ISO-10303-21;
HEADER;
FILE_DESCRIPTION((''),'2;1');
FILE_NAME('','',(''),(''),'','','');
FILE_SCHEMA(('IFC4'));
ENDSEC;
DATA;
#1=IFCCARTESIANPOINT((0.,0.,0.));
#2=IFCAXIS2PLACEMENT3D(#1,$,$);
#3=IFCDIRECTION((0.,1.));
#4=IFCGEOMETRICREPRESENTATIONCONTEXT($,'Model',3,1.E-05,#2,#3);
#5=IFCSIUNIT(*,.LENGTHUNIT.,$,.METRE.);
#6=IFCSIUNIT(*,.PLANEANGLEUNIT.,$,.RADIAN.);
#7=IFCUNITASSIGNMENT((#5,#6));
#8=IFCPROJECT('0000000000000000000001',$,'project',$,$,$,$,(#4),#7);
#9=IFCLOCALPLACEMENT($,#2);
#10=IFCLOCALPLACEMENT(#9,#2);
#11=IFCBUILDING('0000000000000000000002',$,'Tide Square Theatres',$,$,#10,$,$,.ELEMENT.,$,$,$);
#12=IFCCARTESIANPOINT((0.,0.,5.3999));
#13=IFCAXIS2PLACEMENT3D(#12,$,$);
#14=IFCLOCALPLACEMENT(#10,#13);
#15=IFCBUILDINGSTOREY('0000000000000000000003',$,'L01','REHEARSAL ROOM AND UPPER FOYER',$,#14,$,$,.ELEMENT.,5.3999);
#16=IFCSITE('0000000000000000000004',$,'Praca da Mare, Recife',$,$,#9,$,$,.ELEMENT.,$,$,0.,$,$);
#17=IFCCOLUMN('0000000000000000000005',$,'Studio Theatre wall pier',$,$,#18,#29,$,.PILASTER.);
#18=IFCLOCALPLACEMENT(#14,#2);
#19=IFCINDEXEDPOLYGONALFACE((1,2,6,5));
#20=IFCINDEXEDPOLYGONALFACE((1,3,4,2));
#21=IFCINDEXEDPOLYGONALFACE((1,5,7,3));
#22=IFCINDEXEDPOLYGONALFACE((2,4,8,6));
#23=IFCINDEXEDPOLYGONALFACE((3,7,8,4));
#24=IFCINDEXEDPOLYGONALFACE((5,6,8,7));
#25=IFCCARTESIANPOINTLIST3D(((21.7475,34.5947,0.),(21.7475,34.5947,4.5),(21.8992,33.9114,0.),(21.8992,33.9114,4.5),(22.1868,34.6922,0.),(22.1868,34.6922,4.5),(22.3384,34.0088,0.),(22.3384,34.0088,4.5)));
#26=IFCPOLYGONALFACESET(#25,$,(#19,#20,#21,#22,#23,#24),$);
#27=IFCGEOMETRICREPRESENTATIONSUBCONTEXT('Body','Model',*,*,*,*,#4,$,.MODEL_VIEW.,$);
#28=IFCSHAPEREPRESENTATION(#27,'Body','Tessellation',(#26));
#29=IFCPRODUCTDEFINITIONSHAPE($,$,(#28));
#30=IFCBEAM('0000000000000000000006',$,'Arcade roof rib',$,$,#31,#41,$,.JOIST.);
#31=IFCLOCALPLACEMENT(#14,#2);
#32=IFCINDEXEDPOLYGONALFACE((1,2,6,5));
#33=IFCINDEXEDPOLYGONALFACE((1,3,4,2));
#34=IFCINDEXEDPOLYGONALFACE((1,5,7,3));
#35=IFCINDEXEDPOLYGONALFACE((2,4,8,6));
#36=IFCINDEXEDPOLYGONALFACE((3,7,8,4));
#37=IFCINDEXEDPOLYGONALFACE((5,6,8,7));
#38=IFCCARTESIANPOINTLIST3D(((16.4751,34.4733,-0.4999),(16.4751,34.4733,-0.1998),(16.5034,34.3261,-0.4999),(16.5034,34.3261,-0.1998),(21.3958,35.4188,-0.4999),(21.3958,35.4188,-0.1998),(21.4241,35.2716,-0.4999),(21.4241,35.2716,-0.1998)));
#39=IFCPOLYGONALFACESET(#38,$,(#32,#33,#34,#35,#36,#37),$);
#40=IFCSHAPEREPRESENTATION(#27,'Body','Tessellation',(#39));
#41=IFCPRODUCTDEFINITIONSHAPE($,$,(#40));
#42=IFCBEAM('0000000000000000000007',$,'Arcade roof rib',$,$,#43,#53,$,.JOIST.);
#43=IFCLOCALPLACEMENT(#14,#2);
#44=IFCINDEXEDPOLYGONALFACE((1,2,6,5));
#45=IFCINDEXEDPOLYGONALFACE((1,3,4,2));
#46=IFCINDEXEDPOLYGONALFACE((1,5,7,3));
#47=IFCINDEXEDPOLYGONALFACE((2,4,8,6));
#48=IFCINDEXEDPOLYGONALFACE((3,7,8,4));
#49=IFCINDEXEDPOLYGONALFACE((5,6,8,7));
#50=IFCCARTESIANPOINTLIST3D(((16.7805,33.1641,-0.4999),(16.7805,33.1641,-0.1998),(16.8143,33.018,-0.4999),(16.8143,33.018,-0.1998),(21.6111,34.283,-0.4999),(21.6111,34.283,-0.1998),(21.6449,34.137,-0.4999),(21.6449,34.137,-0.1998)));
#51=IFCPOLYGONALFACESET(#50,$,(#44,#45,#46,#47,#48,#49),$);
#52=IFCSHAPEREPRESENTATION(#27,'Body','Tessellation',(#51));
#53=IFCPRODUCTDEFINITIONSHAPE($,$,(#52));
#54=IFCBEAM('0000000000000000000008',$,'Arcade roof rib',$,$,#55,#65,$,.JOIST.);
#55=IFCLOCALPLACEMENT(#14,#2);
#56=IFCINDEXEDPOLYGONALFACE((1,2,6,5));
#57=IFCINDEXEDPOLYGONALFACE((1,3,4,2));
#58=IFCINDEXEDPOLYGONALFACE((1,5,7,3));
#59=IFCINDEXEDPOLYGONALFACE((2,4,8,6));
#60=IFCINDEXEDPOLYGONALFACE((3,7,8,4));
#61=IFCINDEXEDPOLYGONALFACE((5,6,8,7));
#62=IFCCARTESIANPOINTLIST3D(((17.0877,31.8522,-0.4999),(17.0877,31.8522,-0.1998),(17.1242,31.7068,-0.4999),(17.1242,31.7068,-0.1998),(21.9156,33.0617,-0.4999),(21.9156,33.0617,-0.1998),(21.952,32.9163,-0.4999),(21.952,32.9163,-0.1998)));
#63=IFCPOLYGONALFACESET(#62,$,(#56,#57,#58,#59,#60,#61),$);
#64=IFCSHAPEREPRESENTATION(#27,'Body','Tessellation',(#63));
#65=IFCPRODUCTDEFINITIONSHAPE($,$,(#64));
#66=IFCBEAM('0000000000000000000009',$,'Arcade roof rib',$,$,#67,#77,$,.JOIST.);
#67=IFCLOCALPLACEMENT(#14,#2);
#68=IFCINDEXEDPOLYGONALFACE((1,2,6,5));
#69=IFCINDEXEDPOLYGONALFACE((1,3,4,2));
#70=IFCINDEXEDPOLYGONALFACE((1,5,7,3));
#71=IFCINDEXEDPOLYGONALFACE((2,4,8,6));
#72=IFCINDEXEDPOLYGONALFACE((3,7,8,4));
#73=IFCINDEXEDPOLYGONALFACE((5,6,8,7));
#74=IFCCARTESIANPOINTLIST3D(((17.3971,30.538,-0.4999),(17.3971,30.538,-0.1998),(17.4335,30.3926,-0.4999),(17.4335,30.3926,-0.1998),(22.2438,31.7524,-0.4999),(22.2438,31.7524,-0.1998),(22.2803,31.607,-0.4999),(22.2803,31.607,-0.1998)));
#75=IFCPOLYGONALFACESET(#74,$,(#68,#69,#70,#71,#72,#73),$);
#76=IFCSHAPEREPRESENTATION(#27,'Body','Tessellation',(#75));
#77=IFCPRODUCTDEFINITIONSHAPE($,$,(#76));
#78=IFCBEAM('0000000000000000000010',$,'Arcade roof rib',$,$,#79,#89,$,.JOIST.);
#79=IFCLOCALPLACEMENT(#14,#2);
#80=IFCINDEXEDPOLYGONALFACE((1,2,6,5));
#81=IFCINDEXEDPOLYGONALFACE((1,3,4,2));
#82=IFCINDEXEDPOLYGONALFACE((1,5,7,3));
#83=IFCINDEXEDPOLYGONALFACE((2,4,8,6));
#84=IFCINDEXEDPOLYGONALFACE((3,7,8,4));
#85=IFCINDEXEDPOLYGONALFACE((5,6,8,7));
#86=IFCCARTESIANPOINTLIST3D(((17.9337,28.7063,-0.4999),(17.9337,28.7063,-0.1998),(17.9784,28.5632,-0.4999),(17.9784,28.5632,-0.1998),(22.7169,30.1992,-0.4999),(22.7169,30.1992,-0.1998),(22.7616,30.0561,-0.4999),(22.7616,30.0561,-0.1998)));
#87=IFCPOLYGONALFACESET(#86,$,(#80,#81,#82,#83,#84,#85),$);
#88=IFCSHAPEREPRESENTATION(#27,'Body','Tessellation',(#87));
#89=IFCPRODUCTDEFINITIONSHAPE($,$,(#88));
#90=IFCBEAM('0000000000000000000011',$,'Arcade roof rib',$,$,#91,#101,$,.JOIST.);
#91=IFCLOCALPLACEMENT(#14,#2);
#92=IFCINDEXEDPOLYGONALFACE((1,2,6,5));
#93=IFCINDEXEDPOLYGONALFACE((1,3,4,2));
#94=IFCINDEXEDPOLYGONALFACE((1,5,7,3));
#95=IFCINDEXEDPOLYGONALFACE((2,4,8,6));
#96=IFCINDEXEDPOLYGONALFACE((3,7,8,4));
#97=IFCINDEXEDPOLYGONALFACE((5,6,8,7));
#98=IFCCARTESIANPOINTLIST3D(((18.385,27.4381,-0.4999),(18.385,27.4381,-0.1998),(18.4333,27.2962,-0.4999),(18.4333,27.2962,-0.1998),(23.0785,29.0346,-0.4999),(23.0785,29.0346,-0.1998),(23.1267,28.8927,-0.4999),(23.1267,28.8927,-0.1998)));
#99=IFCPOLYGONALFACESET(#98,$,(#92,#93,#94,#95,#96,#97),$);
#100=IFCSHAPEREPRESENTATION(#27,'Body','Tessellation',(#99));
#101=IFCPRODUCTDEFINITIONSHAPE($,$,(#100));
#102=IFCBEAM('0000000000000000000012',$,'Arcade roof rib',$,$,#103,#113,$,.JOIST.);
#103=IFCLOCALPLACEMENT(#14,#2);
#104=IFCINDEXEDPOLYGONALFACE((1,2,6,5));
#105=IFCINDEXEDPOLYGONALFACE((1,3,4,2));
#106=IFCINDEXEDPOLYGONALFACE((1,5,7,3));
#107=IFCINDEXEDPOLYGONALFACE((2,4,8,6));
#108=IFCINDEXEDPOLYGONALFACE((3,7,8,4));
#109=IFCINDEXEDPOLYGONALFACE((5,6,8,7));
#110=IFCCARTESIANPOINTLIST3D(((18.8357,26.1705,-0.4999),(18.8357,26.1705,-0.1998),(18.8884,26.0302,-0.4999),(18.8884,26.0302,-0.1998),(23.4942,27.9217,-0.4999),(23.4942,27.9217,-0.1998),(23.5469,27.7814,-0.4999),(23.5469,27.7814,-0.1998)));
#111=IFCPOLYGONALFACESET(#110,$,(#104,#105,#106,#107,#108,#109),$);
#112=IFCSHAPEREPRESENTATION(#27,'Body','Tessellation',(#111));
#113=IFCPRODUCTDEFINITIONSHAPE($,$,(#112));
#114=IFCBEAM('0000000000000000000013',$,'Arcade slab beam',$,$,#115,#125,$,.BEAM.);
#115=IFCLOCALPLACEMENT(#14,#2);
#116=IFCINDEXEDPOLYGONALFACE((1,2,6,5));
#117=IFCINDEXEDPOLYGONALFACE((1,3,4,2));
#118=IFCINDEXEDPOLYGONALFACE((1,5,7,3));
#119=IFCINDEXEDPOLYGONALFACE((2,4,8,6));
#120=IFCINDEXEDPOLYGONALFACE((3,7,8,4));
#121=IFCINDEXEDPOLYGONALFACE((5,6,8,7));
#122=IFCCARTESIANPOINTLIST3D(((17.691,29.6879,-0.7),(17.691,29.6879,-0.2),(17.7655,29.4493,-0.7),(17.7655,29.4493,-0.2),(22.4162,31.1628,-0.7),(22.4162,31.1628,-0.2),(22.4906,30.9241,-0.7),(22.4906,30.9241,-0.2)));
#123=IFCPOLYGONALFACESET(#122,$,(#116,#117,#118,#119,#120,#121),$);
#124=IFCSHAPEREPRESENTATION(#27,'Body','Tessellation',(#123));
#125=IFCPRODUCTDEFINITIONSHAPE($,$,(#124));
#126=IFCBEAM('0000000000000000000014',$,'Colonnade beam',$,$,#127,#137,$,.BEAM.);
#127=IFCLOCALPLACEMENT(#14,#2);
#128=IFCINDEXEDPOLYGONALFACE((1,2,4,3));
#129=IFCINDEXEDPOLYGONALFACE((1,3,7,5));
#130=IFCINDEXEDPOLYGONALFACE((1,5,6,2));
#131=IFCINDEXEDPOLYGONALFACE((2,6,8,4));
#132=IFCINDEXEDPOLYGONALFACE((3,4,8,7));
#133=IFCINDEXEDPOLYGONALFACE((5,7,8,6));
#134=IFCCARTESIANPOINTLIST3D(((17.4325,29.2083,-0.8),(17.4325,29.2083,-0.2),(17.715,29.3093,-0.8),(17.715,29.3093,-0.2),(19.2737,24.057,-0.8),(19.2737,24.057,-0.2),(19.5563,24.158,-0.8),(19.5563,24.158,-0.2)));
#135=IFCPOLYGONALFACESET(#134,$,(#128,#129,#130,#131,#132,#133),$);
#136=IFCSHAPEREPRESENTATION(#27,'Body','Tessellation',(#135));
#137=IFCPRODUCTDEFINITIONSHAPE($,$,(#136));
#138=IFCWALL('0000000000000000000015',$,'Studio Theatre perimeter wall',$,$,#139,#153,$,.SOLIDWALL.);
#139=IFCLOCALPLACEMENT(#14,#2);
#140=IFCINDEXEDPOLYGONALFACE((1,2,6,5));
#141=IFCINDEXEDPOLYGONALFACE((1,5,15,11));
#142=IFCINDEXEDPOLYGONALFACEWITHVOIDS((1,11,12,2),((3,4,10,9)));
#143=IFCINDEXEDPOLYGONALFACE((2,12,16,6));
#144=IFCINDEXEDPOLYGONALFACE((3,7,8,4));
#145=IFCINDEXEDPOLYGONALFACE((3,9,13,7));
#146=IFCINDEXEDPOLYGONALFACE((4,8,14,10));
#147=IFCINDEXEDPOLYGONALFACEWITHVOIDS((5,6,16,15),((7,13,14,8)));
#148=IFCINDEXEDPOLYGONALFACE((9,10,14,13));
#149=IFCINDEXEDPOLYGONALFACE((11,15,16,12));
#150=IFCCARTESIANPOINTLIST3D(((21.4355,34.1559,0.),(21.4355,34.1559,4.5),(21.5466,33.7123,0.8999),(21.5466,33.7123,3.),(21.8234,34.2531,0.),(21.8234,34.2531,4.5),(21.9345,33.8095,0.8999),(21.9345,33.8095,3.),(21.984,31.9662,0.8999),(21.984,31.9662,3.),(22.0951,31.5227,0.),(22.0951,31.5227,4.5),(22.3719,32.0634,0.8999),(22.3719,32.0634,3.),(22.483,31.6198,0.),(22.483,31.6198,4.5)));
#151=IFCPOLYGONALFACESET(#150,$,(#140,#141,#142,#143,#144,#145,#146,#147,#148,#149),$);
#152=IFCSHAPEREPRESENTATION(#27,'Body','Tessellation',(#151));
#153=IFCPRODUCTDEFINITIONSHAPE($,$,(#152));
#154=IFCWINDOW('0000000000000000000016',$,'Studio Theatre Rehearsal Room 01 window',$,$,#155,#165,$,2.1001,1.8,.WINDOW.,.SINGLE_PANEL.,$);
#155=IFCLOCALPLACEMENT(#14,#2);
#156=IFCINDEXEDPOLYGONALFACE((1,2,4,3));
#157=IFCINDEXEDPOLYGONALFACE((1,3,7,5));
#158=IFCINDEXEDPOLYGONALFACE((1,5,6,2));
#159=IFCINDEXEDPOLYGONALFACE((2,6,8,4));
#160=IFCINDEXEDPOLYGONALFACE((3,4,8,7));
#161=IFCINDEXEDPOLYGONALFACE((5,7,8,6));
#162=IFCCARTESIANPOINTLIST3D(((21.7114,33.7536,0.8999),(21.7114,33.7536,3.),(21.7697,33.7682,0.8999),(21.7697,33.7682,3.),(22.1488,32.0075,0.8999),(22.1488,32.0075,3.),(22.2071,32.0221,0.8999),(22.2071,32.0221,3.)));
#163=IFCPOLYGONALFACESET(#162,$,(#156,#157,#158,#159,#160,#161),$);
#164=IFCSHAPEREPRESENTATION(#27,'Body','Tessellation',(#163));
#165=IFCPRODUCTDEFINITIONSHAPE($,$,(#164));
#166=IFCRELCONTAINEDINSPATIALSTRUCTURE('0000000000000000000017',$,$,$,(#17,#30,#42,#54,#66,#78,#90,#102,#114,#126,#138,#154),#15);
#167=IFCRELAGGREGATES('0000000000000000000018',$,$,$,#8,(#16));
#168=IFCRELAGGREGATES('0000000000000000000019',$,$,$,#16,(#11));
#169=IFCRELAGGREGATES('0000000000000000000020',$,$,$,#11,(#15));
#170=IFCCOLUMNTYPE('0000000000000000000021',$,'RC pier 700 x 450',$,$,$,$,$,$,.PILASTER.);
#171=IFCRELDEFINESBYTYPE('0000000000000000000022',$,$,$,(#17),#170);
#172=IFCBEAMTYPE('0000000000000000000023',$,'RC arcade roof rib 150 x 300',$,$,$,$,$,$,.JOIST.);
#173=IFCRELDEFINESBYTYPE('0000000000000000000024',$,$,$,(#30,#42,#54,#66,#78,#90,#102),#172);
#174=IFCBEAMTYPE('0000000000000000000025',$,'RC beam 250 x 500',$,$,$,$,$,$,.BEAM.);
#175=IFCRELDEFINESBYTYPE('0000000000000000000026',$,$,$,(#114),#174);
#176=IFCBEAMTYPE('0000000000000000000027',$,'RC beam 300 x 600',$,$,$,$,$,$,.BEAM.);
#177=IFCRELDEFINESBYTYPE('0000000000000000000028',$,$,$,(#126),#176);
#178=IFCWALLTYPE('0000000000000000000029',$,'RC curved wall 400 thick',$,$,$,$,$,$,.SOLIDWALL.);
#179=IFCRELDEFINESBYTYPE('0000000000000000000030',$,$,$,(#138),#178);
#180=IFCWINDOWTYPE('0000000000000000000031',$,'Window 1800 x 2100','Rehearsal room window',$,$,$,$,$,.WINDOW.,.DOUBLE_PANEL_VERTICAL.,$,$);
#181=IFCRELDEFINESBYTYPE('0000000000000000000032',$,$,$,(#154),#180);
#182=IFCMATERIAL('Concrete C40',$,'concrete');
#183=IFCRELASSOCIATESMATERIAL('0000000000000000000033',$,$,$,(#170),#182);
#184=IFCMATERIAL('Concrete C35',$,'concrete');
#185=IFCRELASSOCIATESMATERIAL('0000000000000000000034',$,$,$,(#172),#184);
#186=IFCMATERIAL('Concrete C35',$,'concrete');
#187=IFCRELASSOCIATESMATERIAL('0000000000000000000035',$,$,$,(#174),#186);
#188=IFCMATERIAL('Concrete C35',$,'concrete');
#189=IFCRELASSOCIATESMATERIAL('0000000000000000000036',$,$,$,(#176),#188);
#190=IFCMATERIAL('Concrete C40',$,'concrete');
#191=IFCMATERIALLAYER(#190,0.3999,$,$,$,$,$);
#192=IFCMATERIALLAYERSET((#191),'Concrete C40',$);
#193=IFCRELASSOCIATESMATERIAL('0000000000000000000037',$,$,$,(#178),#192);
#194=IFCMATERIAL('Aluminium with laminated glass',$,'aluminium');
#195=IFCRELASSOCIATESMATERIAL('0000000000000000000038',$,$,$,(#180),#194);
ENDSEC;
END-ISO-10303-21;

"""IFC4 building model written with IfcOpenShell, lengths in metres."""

from ifc_helpers import new_model, si_unit, direction, frame, frame_2d, origin, origin_2d, place, context, subcontext, project, spatial, rectangle, extrude, material, layer, layer_set, material_profile, profile_set, type_object, element, fill, save


model = new_model("IFC4")

# Units and contexts
model_context = context("Model", 3, precision=1e-05, world=origin(), true_north=direction((0.0, 1.0)))
body_context = subcontext(model_context, "Body", "Model", "MODEL_VIEW")
ifc_project = project(units=[si_unit("LENGTHUNIT", "METRE"), si_unit("PLANEANGLEUNIT", "RADIAN")], contexts=[model_context])

# Site, building, storey
site_placement = place(None, origin())
site = spatial("IfcSite", under=ifc_project, at=site_placement, Name="Praca da Mare, Recife", CompositionType="ELEMENT", RefElevation=0.0)
building_placement = place(site_placement, origin())
building = spatial("IfcBuilding", under=site, at=building_placement, Name="Tide Square Theatres", CompositionType="ELEMENT")
storey_placement = place(building_placement, frame((0.0, 0.0, 5.3999)))
storey = spatial("IfcBuildingStorey", under=building, at=storey_placement, Name="L01", Description="REHEARSAL ROOM AND UPPER FOYER", CompositionType="ELEMENT", Elevation=5.3999)

# Column
ifc_material_1 = material(Name="Concrete C40", Category="concrete")
ifc_material_profile_1 = material_profile(ifc_material_1, rectangle(XDim=0.7, YDim=0.45, at=origin_2d()))
ifc_profile_set_1 = profile_set([ifc_material_profile_1], Name="Concrete C40")
column_type = type_object("IfcColumnType", Name="RC pier 700 x 450", PredefinedType="PILASTER", material=ifc_profile_set_1)
column_placement = place(storey_placement, frame((22.043, 34.3018, 0.0), z_axis=(0.0, 0.0, 1.0), x_axis=(0.216641, -0.976251, 0.0)))
element("IfcColumn", 1, at=column_placement, inside=storey, type_object=column_type, Name="Studio Theatre wall pier", PredefinedType="PILASTER", context=body_context, shape_type="SweptSolid", body=[
    extrude(rectangle(XDim=0.7, YDim=0.45, at=origin_2d()), origin(), (0.0, 0.0, 1.0), 4.5),
])

# Beams
ifc_material_2 = material(Name="Concrete C35", Category="concrete")
ifc_material_profile_2 = material_profile(ifc_material_2, rectangle(XDim=0.1499, YDim=0.3, at=origin_2d()))
ifc_profile_set_2 = profile_set([ifc_material_profile_2], Name="Concrete C35")
beam_type_1 = type_object("IfcBeamType", Name="RC arcade roof rib 150 x 300", PredefinedType="JOIST", material=ifc_profile_set_2)
beam_1_placement = place(storey_placement, frame((16.4893, 34.3997, -0.3499), z_axis=(0.982033, 0.188708, 0.0), x_axis=(-0.188708, 0.982033, 0.0)))
element("IfcBeam", 2, at=beam_1_placement, inside=storey, type_object=beam_type_1, Name="Arcade roof rib", PredefinedType="JOIST", context=body_context, shape_type="SweptSolid", body=[
    extrude(rectangle(XDim=0.1499, YDim=0.3, at=origin_2d()), origin(), (0.0, 0.0, 1.0), 5.0107),
])
beam_2_placement = place(storey_placement, frame((16.7974, 33.0911, -0.3499), z_axis=(0.974207, 0.225654, 0.0), x_axis=(-0.225654, 0.974207, 0.0)))
element("IfcBeam", 3, at=beam_2_placement, inside=storey, type_object=beam_type_1, Name="Arcade roof rib", PredefinedType="JOIST", context=body_context, shape_type="SweptSolid", body=[
    extrude(rectangle(XDim=0.1499, YDim=0.3, at=origin_2d()), origin(), (0.0, 0.0, 1.0), 4.9585),
])
beam_3_placement = place(storey_placement, frame((17.106, 31.7795, -0.3499), z_axis=(0.970024, 0.243009, 0.0), x_axis=(-0.243009, 0.970024, 0.0)))
element("IfcBeam", 4, at=beam_3_placement, inside=storey, type_object=beam_type_1, Name="Arcade roof rib", PredefinedType="JOIST", context=body_context, shape_type="SweptSolid", body=[
    extrude(rectangle(XDim=0.1499, YDim=0.3, at=origin_2d()), origin(), (0.0, 0.0, 1.0), 4.9771),
])
beam_4_placement = place(storey_placement, frame((17.4153, 30.4653, -0.3499), z_axis=(0.970016, 0.243041, 0.0), x_axis=(-0.243041, 0.970016, 0.0)))
element("IfcBeam", 5, at=beam_4_placement, inside=storey, type_object=beam_type_1, Name="Arcade roof rib", PredefinedType="JOIST", context=body_context, shape_type="SweptSolid", body=[
    extrude(rectangle(XDim=0.1499, YDim=0.3, at=origin_2d()), origin(), (0.0, 0.0, 1.0), 4.9966),
])
beam_5_placement = place(storey_placement, frame((17.9561, 28.6348, -0.3499), z_axis=(0.954584, 0.297942, 0.0), x_axis=(-0.297942, 0.954584, 0.0)))
element("IfcBeam", 6, at=beam_5_placement, inside=storey, type_object=beam_type_1, Name="Arcade roof rib", PredefinedType="JOIST", context=body_context, shape_type="SweptSolid", body=[
    extrude(rectangle(XDim=0.1499, YDim=0.3, at=origin_2d()), origin(), (0.0, 0.0, 1.0), 5.0107),
])
beam_6_placement = place(storey_placement, frame((18.4092, 27.3672, -0.3499), z_axis=(0.94673, 0.322028, 0.0), x_axis=(-0.322028, 0.94673, 0.0)))
element("IfcBeam", 7, at=beam_6_placement, inside=storey, type_object=beam_type_1, Name="Arcade roof rib", PredefinedType="JOIST", context=body_context, shape_type="SweptSolid", body=[
    extrude(rectangle(XDim=0.1499, YDim=0.3, at=origin_2d()), origin(), (0.0, 0.0, 1.0), 4.9575),
])
beam_7_placement = place(storey_placement, frame((18.8621, 26.1003, -0.3499), z_axis=(0.936045, 0.351881, 0.0), x_axis=(-0.351881, 0.936045, 0.0)))
element("IfcBeam", 8, at=beam_7_placement, inside=storey, type_object=beam_type_1, Name="Arcade roof rib", PredefinedType="JOIST", context=body_context, shape_type="SweptSolid", body=[
    extrude(rectangle(XDim=0.1499, YDim=0.3, at=origin_2d()), origin(), (0.0, 0.0, 1.0), 4.9768),
])
ifc_material_3 = material(Name="Concrete C35", Category="concrete")
ifc_material_profile_3 = material_profile(ifc_material_3, rectangle(XDim=0.25, YDim=0.5, at=origin_2d()))
ifc_profile_set_3 = profile_set([ifc_material_profile_3], Name="Concrete C35")
beam_type_2 = type_object("IfcBeamType", Name="RC beam 250 x 500", PredefinedType="BEAM", material=ifc_profile_set_3)
beam_8_placement = place(storey_placement, frame((17.7283, 29.5686, -0.45), z_axis=(0.95458, 0.297955, 0.0), x_axis=(-0.297955, 0.95458, 0.0)))
element("IfcBeam", 9, at=beam_8_placement, inside=storey, type_object=beam_type_2, Name="Arcade slab beam", PredefinedType="BEAM", context=body_context, shape_type="SweptSolid", body=[
    extrude(rectangle(XDim=0.25, YDim=0.5, at=origin_2d()), origin(), (0.0, 0.0, 1.0), 4.95),
])
ifc_material_4 = material(Name="Concrete C35", Category="concrete")
ifc_material_profile_4 = material_profile(ifc_material_4, rectangle(XDim=0.3, YDim=0.6001, at=origin_2d()))
ifc_profile_set_4 = profile_set([ifc_material_profile_4], Name="Concrete C35")
beam_type_3 = type_object("IfcBeamType", Name="RC beam 300 x 600", PredefinedType="BEAM", material=ifc_profile_set_4)
beam_9_placement = place(storey_placement, frame((17.5737, 29.2588, -0.5), z_axis=(0.336585, -0.941653, 0.0), x_axis=(0.941653, 0.336585, 0.0)))
element("IfcBeam", 10, at=beam_9_placement, inside=storey, type_object=beam_type_3, Name="Colonnade beam", PredefinedType="BEAM", context=body_context, shape_type="SweptSolid", body=[
    extrude(rectangle(XDim=0.3, YDim=0.6001, at=origin_2d()), origin(), (0.0, 0.0, 1.0), 5.4705),
])

# Wall, opening, window
ifc_material_5 = material(Name="Concrete C40", Category="concrete")
ifc_layer_1 = layer(ifc_material_5, 0.3999)
ifc_layer_set_1 = layer_set([ifc_layer_1], Name="Concrete C40")
wall_type_1 = type_object("IfcWallType", Name="RC curved wall 400 thick", PredefinedType="SOLIDWALL", material=ifc_layer_set_1)
wall_1_placement = place(storey_placement, frame((21.6294, 34.2046, 0.0), z_axis=(0.0, 0.0, 1.0), x_axis=(0.243001, -0.970026, 0.0)))
wall_1 = element("IfcWall", 11, at=wall_1_placement, inside=storey, type_object=wall_type_1, Name="Studio Theatre perimeter wall", PredefinedType="SOLIDWALL", context=body_context, shape_type="SweptSolid", body=[
    extrude(rectangle(XDim=2.7146, YDim=0.3999, at=frame_2d((1.3574, 0.0))), origin(), (0.0, 0.0, 1.0), 4.5),
])
opening_1_placement = place(wall_1_placement, frame((0.4575, 0.0, 0.8999)))
opening_1 = element("IfcOpeningElement", 12, at=opening_1_placement, cuts=wall_1, PredefinedType="OPENING", context=body_context, shape_type="SweptSolid", body=[
    extrude(rectangle(XDim=1.8, YDim=2.1001, at=frame_2d((0.8999, 1.05))), frame((0.0, 0.21, 0.0), z_axis=(0.0, -1.0, 0.0), x_axis=(1.0, 0.0, 0.0)), (0.0, 0.0, 1.0), 0.4199),
])
ifc_material_6 = material(Name="Aluminium with laminated glass", Category="aluminium")
window_type = type_object("IfcWindowType", Name="Window 1800 x 2100", Description="Rehearsal room window", PartitioningType="DOUBLE_PANEL_VERTICAL", PredefinedType="WINDOW", material=ifc_material_6)
window_1_placement = place(opening_1_placement, origin())
window_1 = element("IfcWindow", 13, at=window_1_placement, inside=storey, type_object=window_type, Name="Studio Theatre Rehearsal Room 01 window", OverallHeight=2.1001, OverallWidth=1.8, PartitioningType="SINGLE_PANEL", PredefinedType="WINDOW", context=body_context, shape_type="SweptSolid", body=[
    extrude(rectangle(XDim=1.8, YDim=2.1001, at=frame_2d((0.8999, 1.05))), frame((0.0, 0.03, 0.0), z_axis=(0.0, -1.0, 0.0), x_axis=(1.0, 0.0, 0.0)), (0.0, 0.0, 1.0), 0.0601),
])
fill(opening_1, window_1)

save(model, "model.ifc")
